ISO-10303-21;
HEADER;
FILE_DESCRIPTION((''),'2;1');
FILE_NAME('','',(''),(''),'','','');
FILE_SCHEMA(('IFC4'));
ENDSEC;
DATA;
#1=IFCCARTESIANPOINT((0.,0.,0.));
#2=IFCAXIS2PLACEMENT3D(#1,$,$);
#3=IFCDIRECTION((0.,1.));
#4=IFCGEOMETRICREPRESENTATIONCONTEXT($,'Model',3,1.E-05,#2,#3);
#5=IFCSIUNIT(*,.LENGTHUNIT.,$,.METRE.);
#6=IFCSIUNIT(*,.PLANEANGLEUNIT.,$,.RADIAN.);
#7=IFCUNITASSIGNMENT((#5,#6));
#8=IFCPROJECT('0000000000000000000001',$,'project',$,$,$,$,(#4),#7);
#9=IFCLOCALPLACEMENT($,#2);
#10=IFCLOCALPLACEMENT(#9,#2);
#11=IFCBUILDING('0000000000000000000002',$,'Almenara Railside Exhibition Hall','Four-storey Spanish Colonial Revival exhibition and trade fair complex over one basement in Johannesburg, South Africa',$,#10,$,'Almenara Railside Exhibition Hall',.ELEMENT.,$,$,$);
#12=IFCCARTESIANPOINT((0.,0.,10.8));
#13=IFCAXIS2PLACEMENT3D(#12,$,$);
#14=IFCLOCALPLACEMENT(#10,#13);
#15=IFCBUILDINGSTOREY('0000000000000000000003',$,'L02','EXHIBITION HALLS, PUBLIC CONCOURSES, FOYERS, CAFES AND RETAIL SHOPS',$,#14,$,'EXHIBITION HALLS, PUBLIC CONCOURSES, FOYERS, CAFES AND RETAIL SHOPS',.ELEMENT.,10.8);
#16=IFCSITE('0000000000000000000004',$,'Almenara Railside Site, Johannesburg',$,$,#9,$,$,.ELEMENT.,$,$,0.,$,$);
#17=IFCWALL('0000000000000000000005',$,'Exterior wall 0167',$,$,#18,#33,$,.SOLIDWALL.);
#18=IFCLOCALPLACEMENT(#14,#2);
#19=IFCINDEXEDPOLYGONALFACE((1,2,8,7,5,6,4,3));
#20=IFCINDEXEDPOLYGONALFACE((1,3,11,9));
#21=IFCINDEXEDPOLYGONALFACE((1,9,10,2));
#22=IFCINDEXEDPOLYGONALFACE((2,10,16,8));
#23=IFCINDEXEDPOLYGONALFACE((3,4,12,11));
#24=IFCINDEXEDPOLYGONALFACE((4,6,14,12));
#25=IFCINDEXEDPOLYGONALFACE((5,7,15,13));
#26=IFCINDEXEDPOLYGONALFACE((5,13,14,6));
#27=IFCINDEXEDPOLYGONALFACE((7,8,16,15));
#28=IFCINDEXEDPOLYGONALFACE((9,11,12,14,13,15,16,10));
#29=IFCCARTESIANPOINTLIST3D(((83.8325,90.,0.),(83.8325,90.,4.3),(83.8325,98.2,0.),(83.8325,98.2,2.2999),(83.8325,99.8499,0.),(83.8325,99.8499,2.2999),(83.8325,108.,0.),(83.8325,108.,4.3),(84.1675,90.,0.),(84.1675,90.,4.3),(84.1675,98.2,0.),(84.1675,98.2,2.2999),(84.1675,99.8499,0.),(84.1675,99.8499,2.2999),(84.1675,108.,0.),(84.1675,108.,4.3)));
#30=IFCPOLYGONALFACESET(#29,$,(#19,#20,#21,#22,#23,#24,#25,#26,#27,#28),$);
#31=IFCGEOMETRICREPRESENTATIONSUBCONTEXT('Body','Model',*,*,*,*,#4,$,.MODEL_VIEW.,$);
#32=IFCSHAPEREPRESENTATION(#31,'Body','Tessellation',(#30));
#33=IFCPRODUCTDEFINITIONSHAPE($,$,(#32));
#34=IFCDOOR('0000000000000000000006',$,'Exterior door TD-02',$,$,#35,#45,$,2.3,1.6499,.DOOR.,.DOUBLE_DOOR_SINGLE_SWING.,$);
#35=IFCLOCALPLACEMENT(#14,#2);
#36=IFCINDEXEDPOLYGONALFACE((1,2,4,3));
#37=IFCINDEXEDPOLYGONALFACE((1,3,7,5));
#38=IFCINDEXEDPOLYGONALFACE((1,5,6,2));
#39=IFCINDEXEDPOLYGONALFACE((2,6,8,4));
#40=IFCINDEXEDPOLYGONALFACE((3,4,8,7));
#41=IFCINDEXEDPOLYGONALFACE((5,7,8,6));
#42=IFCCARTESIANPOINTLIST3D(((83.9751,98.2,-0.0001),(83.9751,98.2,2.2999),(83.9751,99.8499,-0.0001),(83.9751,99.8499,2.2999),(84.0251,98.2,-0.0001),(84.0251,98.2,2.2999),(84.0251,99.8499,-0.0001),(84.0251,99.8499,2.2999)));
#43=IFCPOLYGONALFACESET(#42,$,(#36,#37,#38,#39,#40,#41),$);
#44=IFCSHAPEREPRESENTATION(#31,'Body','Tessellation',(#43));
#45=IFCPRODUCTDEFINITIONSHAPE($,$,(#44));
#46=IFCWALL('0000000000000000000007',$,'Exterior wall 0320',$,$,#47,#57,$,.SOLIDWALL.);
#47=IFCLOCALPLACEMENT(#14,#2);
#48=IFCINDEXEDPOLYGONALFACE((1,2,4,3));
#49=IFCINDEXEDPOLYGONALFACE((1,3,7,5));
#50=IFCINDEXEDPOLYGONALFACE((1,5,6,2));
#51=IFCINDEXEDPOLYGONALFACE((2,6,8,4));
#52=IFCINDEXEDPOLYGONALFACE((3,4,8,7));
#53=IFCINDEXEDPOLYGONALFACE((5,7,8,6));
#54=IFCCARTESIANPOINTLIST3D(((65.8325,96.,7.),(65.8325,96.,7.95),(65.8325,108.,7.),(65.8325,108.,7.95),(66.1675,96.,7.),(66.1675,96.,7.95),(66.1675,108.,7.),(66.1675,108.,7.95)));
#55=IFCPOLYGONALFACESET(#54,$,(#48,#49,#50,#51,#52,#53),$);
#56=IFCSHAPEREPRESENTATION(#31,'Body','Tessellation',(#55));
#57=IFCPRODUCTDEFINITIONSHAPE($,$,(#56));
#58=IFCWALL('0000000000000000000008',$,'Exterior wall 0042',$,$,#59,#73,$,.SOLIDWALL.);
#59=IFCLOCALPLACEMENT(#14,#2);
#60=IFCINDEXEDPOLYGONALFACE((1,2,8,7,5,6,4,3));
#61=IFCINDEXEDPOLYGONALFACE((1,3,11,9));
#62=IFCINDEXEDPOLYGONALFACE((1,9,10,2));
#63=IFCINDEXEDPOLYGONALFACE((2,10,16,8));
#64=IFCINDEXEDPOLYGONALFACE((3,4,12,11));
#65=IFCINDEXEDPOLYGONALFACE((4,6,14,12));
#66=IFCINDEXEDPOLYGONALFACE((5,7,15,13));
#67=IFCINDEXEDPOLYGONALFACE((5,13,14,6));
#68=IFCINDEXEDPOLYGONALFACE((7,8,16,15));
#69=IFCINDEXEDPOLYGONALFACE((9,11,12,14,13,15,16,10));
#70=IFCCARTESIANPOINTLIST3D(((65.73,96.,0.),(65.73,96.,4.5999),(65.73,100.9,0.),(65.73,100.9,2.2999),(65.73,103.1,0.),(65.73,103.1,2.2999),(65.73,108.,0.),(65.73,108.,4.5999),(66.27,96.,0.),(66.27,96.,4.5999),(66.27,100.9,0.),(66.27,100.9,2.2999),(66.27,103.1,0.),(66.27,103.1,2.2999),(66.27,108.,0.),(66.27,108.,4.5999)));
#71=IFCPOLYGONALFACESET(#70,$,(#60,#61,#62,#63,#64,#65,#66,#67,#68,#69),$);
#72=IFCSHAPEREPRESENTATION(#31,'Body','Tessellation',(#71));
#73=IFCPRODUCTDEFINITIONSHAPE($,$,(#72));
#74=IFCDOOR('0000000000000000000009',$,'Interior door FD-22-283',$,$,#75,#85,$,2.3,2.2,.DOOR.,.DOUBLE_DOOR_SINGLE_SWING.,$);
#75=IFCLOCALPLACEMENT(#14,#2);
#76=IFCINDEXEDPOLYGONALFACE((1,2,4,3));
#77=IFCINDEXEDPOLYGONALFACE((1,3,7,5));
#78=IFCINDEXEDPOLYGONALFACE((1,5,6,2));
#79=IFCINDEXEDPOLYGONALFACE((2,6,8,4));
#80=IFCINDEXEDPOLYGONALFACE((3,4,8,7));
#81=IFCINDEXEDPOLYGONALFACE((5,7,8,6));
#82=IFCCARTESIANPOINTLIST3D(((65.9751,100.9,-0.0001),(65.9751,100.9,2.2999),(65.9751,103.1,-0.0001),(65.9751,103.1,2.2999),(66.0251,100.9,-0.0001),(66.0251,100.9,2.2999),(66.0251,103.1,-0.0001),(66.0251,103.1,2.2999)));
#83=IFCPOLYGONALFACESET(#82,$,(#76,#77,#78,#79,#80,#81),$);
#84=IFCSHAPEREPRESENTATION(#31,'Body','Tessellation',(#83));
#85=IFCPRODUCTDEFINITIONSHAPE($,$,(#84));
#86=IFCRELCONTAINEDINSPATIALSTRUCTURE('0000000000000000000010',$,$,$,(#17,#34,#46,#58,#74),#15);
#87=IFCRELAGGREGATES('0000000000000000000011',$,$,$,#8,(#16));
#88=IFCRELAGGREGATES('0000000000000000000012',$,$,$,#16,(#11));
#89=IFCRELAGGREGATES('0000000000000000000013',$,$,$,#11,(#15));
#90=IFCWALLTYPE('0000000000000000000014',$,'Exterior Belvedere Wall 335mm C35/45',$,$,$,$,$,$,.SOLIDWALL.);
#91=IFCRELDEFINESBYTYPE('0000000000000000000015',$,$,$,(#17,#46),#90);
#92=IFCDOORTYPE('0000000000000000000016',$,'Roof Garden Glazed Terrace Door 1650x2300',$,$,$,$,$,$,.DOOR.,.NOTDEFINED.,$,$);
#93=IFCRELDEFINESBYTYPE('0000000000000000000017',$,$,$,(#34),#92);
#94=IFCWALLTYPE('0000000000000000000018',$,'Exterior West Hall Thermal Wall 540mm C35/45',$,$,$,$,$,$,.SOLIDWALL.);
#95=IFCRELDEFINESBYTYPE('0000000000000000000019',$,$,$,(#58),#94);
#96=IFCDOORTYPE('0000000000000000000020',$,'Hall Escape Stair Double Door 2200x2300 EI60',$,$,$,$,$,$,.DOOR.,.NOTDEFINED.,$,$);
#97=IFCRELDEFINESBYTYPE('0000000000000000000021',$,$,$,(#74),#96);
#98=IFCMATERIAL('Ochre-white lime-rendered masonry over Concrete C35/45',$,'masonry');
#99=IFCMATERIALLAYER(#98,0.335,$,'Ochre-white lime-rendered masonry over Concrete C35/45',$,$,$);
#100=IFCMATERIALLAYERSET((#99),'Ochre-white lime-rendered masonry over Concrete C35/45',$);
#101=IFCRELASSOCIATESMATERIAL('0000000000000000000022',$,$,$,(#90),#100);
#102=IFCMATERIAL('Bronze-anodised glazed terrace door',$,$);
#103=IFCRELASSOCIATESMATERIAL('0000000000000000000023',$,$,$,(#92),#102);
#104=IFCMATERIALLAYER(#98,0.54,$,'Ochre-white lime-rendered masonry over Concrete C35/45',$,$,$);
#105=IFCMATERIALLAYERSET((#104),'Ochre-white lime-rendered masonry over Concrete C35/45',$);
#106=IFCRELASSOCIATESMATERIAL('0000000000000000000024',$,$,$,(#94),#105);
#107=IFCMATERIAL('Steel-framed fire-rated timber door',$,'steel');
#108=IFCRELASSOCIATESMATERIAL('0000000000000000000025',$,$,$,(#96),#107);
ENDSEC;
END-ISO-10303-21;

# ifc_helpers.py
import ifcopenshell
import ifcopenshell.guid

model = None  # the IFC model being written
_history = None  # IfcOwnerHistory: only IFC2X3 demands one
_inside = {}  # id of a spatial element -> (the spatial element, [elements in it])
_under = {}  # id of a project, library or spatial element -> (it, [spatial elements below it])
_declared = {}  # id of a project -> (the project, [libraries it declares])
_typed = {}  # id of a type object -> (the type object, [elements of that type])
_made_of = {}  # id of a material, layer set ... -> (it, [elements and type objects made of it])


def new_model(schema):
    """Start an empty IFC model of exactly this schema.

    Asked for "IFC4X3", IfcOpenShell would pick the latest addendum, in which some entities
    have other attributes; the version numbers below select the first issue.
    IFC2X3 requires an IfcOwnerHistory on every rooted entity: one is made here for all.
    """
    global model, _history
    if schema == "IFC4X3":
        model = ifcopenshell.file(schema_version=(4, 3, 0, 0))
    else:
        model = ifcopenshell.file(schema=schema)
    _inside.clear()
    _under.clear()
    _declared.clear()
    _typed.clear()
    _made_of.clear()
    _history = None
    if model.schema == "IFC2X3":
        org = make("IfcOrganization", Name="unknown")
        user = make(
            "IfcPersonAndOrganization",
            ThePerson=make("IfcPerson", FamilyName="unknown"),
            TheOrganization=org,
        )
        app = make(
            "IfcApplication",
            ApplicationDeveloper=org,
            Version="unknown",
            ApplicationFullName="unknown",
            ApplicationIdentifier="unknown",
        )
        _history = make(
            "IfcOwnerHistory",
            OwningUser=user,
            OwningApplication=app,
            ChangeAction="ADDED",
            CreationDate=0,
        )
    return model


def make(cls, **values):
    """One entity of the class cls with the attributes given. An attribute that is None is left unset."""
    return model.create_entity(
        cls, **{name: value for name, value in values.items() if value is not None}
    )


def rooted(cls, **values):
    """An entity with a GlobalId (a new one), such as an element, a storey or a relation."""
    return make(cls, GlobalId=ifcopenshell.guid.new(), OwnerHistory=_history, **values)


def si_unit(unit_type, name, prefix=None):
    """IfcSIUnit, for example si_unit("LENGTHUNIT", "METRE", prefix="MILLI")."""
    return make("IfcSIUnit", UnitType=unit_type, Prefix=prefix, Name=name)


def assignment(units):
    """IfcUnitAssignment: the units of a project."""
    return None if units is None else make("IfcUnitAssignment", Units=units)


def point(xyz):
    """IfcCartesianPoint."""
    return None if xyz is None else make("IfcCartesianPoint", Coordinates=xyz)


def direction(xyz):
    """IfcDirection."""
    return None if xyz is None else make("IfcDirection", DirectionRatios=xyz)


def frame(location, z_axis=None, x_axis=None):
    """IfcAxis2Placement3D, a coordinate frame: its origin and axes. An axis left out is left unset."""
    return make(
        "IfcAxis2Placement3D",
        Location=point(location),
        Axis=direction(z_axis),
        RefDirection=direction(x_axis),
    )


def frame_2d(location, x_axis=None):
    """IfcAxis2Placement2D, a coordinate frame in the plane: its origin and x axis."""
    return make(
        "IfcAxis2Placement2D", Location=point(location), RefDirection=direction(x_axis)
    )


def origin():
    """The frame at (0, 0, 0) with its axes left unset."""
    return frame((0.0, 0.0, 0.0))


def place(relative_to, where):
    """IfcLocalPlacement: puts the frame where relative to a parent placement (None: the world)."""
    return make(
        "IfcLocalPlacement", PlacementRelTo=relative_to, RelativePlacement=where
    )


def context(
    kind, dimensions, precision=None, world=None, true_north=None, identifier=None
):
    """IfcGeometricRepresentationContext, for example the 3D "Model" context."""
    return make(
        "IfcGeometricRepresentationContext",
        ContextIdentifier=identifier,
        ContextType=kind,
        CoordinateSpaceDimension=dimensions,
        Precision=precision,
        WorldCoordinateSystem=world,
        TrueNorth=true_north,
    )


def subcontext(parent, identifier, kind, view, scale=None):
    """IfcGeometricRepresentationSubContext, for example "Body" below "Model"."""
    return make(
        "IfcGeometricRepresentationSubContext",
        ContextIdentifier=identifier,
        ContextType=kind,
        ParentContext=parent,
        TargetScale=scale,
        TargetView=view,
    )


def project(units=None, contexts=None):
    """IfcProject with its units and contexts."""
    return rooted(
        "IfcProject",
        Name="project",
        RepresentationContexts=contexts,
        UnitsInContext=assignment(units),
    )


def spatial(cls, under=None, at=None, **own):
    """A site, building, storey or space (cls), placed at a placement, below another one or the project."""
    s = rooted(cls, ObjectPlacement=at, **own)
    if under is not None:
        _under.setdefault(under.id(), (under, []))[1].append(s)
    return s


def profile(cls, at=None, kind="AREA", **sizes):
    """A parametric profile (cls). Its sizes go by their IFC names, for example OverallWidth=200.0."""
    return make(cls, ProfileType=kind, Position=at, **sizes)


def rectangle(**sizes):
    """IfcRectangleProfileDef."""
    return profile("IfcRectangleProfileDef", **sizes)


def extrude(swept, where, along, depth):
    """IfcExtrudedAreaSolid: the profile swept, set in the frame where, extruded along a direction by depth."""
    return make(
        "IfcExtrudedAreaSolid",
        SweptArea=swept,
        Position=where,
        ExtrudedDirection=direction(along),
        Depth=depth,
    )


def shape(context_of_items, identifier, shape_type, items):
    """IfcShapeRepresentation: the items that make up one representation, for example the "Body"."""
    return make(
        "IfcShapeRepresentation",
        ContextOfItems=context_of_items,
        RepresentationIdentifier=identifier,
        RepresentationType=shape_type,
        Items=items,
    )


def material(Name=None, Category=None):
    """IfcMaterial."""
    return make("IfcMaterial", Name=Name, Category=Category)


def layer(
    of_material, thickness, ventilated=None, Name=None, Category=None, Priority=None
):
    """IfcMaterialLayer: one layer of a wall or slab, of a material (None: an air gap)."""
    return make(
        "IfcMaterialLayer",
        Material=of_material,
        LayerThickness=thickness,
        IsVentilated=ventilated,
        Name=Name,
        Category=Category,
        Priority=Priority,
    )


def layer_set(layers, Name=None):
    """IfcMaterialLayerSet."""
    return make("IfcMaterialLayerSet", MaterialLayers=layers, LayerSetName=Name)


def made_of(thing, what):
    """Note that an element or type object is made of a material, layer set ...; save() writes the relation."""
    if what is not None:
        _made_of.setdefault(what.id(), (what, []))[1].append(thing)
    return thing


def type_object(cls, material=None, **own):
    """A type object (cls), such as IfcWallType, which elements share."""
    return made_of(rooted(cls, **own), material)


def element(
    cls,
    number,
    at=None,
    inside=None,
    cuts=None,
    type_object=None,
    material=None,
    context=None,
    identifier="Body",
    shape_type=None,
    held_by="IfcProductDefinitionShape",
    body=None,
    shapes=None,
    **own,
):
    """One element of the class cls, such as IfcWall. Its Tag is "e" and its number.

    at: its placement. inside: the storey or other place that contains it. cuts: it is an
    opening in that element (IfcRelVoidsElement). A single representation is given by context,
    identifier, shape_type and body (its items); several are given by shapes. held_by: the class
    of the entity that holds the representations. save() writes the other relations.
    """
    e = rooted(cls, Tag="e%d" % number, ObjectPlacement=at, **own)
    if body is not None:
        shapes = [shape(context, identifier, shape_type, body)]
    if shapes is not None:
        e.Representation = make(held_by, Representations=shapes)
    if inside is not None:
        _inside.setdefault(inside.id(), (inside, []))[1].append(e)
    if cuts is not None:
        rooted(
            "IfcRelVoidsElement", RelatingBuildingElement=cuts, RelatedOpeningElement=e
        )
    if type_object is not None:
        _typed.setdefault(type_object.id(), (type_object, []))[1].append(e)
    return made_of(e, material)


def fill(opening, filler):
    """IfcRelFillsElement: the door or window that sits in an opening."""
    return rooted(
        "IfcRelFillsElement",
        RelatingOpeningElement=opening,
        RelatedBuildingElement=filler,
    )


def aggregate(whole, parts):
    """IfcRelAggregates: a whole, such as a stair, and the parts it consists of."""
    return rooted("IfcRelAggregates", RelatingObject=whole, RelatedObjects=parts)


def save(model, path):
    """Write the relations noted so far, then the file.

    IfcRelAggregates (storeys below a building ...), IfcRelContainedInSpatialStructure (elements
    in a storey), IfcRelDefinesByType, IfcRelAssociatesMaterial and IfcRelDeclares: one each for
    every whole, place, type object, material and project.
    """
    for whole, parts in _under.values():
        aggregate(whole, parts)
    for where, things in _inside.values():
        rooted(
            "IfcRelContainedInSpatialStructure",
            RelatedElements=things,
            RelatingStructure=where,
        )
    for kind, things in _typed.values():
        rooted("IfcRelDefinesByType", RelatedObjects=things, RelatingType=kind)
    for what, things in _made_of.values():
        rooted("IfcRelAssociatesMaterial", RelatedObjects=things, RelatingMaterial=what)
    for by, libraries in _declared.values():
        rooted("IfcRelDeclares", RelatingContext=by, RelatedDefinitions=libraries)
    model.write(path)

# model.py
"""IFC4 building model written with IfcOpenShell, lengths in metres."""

from ifc_helpers import new_model, si_unit, direction, frame, frame_2d, origin, place, context, subcontext, project, spatial, rectangle, extrude, material, layer, layer_set, type_object, element, fill, save


model = new_model("IFC4")

# Units and contexts
model_context = context("Model", 3, precision=1e-05, world=origin(), true_north=direction((0.0, 1.0)))
body_context = subcontext(model_context, "Body", "Model", "MODEL_VIEW")
ifc_project = project(units=[si_unit("LENGTHUNIT", "METRE"), si_unit("PLANEANGLEUNIT", "RADIAN")], contexts=[model_context])

# Site, building, storey
site_placement = place(None, origin())
site = spatial("IfcSite", under=ifc_project, at=site_placement, Name="Almenara Railside Site, Johannesburg", CompositionType="ELEMENT", RefElevation=0.0)
building_placement = place(site_placement, origin())
building = spatial("IfcBuilding", under=site, at=building_placement, Name="Almenara Railside Exhibition Hall", Description="Four-storey Spanish Colonial Revival exhibition and trade fair complex over one basement in Johannesburg, South Africa", LongName="Almenara Railside Exhibition Hall", CompositionType="ELEMENT")
storey_placement = place(building_placement, frame((0.0, 0.0, 10.8)))
storey = spatial("IfcBuildingStorey", under=building, at=storey_placement, Name="L02", Description="EXHIBITION HALLS, PUBLIC CONCOURSES, FOYERS, CAFES AND RETAIL SHOPS", LongName="EXHIBITION HALLS, PUBLIC CONCOURSES, FOYERS, CAFES AND RETAIL SHOPS", CompositionType="ELEMENT", Elevation=10.8)

# Wall, opening, door
ifc_material_1 = material(Name="Ochre-white lime-rendered masonry over Concrete C35/45", Category="masonry")
ifc_layer_1 = layer(ifc_material_1, 0.335, Name="Ochre-white lime-rendered masonry over Concrete C35/45")
ifc_layer_set_1 = layer_set([ifc_layer_1], Name="Ochre-white lime-rendered masonry over Concrete C35/45")
wall_type_1 = type_object("IfcWallType", Name="Exterior Belvedere Wall 335mm C35/45", PredefinedType="SOLIDWALL", material=ifc_layer_set_1)
wall_1_placement = place(storey_placement, frame((84.0, 90.0, 0.0), z_axis=(0.0, 0.0, 1.0), x_axis=(0.0, 1.0, 0.0)))
wall_1 = element("IfcWall", 1, at=wall_1_placement, inside=storey, type_object=wall_type_1, Name="Exterior wall 0167", PredefinedType="SOLIDWALL", context=body_context, shape_type="SweptSolid", body=[
    extrude(rectangle(XDim=18.0, YDim=0.335, at=frame_2d((9.0, 0.0))), origin(), (0.0, 0.0, 1.0), 4.3),
])
opening_1_placement = place(wall_1_placement, frame((8.2, 0.0, 0.0)))
opening_1 = element("IfcOpeningElement", 2, at=opening_1_placement, cuts=wall_1, PredefinedType="OPENING", context=body_context, shape_type="SweptSolid", body=[
    extrude(rectangle(XDim=1.6499, YDim=2.3, at=frame_2d((0.825, 1.1499))), frame((0.0, 0.1775, 0.0), z_axis=(0.0, -1.0, 0.0), x_axis=(1.0, 0.0, 0.0)), (0.0, 0.0, 1.0), 0.355),
])
ifc_material_2 = material(Name="Bronze-anodised glazed terrace door")
door_type_1 = type_object("IfcDoorType", Name="Roof Garden Glazed Terrace Door 1650x2300", OperationType="NOTDEFINED", PredefinedType="DOOR", material=ifc_material_2)
door_1_placement = place(opening_1_placement, origin())
door_1 = element("IfcDoor", 3, at=door_1_placement, inside=storey, type_object=door_type_1, Name="Exterior door TD-02", OperationType="DOUBLE_DOOR_SINGLE_SWING", OverallHeight=2.3, OverallWidth=1.6499, PredefinedType="DOOR", context=body_context, shape_type="SweptSolid", body=[
    extrude(rectangle(XDim=1.6499, YDim=2.3, at=frame_2d((0.825, 1.1499))), frame((0.0, 0.0249, 0.0), z_axis=(0.0, -1.0, 0.0), x_axis=(1.0, 0.0, 0.0)), (0.0, 0.0, 1.0), 0.05),
])
fill(opening_1, door_1)

# Wall
wall_2_placement = place(storey_placement, frame((66.0, 96.0, 7.0), z_axis=(0.0, 0.0, 1.0), x_axis=(0.0, 1.0, 0.0)))
element("IfcWall", 4, at=wall_2_placement, inside=storey, type_object=wall_type_1, Name="Exterior wall 0320", PredefinedType="SOLIDWALL", context=body_context, shape_type="SweptSolid", body=[
    extrude(rectangle(XDim=12.0, YDim=0.335, at=frame_2d((6.0, 0.0))), origin(), (0.0, 0.0, 1.0), 0.95),
])

# Wall, opening, door
ifc_layer_2 = layer(ifc_material_1, 0.54, Name="Ochre-white lime-rendered masonry over Concrete C35/45")
ifc_layer_set_2 = layer_set([ifc_layer_2], Name="Ochre-white lime-rendered masonry over Concrete C35/45")
wall_type_2 = type_object("IfcWallType", Name="Exterior West Hall Thermal Wall 540mm C35/45", PredefinedType="SOLIDWALL", material=ifc_layer_set_2)
wall_3_placement = place(storey_placement, frame((66.0, 96.0, 0.0), z_axis=(0.0, 0.0, 1.0), x_axis=(0.0, 1.0, 0.0)))
wall_3 = element("IfcWall", 5, at=wall_3_placement, inside=storey, type_object=wall_type_2, Name="Exterior wall 0042", PredefinedType="SOLIDWALL", context=body_context, shape_type="SweptSolid", body=[
    extrude(rectangle(XDim=12.0, YDim=0.54, at=frame_2d((6.0, 0.0))), origin(), (0.0, 0.0, 1.0), 4.5999),
])
opening_2_placement = place(wall_3_placement, frame((4.8999, 0.0, 0.0)))
opening_2 = element("IfcOpeningElement", 6, at=opening_2_placement, cuts=wall_3, PredefinedType="OPENING", context=body_context, shape_type="SweptSolid", body=[
    extrude(rectangle(XDim=2.2, YDim=2.3, at=frame_2d((1.1001, 1.1499))), frame((0.0, 0.28, 0.0), z_axis=(0.0, -1.0, 0.0), x_axis=(1.0, 0.0, 0.0)), (0.0, 0.0, 1.0), 0.5601),
])
ifc_material_3 = material(Name="Steel-framed fire-rated timber door", Category="steel")
door_type_2 = type_object("IfcDoorType", Name="Hall Escape Stair Double Door 2200x2300 EI60", OperationType="NOTDEFINED", PredefinedType="DOOR", material=ifc_material_3)
door_2_placement = place(opening_2_placement, origin())
door_2 = element("IfcDoor", 7, at=door_2_placement, inside=storey, type_object=door_type_2, Name="Interior door FD-22-283", OperationType="DOUBLE_DOOR_SINGLE_SWING", OverallHeight=2.3, OverallWidth=2.2, PredefinedType="DOOR", context=body_context, shape_type="SweptSolid", body=[
    extrude(rectangle(XDim=2.2, YDim=2.3, at=frame_2d((1.1001, 1.1499))), frame((0.0, 0.0249, 0.0), z_axis=(0.0, -1.0, 0.0), x_axis=(1.0, 0.0, 0.0)), (0.0, 0.0, 1.0), 0.05),
])
fill(opening_2, door_2)

save(model, "model.ifc")
